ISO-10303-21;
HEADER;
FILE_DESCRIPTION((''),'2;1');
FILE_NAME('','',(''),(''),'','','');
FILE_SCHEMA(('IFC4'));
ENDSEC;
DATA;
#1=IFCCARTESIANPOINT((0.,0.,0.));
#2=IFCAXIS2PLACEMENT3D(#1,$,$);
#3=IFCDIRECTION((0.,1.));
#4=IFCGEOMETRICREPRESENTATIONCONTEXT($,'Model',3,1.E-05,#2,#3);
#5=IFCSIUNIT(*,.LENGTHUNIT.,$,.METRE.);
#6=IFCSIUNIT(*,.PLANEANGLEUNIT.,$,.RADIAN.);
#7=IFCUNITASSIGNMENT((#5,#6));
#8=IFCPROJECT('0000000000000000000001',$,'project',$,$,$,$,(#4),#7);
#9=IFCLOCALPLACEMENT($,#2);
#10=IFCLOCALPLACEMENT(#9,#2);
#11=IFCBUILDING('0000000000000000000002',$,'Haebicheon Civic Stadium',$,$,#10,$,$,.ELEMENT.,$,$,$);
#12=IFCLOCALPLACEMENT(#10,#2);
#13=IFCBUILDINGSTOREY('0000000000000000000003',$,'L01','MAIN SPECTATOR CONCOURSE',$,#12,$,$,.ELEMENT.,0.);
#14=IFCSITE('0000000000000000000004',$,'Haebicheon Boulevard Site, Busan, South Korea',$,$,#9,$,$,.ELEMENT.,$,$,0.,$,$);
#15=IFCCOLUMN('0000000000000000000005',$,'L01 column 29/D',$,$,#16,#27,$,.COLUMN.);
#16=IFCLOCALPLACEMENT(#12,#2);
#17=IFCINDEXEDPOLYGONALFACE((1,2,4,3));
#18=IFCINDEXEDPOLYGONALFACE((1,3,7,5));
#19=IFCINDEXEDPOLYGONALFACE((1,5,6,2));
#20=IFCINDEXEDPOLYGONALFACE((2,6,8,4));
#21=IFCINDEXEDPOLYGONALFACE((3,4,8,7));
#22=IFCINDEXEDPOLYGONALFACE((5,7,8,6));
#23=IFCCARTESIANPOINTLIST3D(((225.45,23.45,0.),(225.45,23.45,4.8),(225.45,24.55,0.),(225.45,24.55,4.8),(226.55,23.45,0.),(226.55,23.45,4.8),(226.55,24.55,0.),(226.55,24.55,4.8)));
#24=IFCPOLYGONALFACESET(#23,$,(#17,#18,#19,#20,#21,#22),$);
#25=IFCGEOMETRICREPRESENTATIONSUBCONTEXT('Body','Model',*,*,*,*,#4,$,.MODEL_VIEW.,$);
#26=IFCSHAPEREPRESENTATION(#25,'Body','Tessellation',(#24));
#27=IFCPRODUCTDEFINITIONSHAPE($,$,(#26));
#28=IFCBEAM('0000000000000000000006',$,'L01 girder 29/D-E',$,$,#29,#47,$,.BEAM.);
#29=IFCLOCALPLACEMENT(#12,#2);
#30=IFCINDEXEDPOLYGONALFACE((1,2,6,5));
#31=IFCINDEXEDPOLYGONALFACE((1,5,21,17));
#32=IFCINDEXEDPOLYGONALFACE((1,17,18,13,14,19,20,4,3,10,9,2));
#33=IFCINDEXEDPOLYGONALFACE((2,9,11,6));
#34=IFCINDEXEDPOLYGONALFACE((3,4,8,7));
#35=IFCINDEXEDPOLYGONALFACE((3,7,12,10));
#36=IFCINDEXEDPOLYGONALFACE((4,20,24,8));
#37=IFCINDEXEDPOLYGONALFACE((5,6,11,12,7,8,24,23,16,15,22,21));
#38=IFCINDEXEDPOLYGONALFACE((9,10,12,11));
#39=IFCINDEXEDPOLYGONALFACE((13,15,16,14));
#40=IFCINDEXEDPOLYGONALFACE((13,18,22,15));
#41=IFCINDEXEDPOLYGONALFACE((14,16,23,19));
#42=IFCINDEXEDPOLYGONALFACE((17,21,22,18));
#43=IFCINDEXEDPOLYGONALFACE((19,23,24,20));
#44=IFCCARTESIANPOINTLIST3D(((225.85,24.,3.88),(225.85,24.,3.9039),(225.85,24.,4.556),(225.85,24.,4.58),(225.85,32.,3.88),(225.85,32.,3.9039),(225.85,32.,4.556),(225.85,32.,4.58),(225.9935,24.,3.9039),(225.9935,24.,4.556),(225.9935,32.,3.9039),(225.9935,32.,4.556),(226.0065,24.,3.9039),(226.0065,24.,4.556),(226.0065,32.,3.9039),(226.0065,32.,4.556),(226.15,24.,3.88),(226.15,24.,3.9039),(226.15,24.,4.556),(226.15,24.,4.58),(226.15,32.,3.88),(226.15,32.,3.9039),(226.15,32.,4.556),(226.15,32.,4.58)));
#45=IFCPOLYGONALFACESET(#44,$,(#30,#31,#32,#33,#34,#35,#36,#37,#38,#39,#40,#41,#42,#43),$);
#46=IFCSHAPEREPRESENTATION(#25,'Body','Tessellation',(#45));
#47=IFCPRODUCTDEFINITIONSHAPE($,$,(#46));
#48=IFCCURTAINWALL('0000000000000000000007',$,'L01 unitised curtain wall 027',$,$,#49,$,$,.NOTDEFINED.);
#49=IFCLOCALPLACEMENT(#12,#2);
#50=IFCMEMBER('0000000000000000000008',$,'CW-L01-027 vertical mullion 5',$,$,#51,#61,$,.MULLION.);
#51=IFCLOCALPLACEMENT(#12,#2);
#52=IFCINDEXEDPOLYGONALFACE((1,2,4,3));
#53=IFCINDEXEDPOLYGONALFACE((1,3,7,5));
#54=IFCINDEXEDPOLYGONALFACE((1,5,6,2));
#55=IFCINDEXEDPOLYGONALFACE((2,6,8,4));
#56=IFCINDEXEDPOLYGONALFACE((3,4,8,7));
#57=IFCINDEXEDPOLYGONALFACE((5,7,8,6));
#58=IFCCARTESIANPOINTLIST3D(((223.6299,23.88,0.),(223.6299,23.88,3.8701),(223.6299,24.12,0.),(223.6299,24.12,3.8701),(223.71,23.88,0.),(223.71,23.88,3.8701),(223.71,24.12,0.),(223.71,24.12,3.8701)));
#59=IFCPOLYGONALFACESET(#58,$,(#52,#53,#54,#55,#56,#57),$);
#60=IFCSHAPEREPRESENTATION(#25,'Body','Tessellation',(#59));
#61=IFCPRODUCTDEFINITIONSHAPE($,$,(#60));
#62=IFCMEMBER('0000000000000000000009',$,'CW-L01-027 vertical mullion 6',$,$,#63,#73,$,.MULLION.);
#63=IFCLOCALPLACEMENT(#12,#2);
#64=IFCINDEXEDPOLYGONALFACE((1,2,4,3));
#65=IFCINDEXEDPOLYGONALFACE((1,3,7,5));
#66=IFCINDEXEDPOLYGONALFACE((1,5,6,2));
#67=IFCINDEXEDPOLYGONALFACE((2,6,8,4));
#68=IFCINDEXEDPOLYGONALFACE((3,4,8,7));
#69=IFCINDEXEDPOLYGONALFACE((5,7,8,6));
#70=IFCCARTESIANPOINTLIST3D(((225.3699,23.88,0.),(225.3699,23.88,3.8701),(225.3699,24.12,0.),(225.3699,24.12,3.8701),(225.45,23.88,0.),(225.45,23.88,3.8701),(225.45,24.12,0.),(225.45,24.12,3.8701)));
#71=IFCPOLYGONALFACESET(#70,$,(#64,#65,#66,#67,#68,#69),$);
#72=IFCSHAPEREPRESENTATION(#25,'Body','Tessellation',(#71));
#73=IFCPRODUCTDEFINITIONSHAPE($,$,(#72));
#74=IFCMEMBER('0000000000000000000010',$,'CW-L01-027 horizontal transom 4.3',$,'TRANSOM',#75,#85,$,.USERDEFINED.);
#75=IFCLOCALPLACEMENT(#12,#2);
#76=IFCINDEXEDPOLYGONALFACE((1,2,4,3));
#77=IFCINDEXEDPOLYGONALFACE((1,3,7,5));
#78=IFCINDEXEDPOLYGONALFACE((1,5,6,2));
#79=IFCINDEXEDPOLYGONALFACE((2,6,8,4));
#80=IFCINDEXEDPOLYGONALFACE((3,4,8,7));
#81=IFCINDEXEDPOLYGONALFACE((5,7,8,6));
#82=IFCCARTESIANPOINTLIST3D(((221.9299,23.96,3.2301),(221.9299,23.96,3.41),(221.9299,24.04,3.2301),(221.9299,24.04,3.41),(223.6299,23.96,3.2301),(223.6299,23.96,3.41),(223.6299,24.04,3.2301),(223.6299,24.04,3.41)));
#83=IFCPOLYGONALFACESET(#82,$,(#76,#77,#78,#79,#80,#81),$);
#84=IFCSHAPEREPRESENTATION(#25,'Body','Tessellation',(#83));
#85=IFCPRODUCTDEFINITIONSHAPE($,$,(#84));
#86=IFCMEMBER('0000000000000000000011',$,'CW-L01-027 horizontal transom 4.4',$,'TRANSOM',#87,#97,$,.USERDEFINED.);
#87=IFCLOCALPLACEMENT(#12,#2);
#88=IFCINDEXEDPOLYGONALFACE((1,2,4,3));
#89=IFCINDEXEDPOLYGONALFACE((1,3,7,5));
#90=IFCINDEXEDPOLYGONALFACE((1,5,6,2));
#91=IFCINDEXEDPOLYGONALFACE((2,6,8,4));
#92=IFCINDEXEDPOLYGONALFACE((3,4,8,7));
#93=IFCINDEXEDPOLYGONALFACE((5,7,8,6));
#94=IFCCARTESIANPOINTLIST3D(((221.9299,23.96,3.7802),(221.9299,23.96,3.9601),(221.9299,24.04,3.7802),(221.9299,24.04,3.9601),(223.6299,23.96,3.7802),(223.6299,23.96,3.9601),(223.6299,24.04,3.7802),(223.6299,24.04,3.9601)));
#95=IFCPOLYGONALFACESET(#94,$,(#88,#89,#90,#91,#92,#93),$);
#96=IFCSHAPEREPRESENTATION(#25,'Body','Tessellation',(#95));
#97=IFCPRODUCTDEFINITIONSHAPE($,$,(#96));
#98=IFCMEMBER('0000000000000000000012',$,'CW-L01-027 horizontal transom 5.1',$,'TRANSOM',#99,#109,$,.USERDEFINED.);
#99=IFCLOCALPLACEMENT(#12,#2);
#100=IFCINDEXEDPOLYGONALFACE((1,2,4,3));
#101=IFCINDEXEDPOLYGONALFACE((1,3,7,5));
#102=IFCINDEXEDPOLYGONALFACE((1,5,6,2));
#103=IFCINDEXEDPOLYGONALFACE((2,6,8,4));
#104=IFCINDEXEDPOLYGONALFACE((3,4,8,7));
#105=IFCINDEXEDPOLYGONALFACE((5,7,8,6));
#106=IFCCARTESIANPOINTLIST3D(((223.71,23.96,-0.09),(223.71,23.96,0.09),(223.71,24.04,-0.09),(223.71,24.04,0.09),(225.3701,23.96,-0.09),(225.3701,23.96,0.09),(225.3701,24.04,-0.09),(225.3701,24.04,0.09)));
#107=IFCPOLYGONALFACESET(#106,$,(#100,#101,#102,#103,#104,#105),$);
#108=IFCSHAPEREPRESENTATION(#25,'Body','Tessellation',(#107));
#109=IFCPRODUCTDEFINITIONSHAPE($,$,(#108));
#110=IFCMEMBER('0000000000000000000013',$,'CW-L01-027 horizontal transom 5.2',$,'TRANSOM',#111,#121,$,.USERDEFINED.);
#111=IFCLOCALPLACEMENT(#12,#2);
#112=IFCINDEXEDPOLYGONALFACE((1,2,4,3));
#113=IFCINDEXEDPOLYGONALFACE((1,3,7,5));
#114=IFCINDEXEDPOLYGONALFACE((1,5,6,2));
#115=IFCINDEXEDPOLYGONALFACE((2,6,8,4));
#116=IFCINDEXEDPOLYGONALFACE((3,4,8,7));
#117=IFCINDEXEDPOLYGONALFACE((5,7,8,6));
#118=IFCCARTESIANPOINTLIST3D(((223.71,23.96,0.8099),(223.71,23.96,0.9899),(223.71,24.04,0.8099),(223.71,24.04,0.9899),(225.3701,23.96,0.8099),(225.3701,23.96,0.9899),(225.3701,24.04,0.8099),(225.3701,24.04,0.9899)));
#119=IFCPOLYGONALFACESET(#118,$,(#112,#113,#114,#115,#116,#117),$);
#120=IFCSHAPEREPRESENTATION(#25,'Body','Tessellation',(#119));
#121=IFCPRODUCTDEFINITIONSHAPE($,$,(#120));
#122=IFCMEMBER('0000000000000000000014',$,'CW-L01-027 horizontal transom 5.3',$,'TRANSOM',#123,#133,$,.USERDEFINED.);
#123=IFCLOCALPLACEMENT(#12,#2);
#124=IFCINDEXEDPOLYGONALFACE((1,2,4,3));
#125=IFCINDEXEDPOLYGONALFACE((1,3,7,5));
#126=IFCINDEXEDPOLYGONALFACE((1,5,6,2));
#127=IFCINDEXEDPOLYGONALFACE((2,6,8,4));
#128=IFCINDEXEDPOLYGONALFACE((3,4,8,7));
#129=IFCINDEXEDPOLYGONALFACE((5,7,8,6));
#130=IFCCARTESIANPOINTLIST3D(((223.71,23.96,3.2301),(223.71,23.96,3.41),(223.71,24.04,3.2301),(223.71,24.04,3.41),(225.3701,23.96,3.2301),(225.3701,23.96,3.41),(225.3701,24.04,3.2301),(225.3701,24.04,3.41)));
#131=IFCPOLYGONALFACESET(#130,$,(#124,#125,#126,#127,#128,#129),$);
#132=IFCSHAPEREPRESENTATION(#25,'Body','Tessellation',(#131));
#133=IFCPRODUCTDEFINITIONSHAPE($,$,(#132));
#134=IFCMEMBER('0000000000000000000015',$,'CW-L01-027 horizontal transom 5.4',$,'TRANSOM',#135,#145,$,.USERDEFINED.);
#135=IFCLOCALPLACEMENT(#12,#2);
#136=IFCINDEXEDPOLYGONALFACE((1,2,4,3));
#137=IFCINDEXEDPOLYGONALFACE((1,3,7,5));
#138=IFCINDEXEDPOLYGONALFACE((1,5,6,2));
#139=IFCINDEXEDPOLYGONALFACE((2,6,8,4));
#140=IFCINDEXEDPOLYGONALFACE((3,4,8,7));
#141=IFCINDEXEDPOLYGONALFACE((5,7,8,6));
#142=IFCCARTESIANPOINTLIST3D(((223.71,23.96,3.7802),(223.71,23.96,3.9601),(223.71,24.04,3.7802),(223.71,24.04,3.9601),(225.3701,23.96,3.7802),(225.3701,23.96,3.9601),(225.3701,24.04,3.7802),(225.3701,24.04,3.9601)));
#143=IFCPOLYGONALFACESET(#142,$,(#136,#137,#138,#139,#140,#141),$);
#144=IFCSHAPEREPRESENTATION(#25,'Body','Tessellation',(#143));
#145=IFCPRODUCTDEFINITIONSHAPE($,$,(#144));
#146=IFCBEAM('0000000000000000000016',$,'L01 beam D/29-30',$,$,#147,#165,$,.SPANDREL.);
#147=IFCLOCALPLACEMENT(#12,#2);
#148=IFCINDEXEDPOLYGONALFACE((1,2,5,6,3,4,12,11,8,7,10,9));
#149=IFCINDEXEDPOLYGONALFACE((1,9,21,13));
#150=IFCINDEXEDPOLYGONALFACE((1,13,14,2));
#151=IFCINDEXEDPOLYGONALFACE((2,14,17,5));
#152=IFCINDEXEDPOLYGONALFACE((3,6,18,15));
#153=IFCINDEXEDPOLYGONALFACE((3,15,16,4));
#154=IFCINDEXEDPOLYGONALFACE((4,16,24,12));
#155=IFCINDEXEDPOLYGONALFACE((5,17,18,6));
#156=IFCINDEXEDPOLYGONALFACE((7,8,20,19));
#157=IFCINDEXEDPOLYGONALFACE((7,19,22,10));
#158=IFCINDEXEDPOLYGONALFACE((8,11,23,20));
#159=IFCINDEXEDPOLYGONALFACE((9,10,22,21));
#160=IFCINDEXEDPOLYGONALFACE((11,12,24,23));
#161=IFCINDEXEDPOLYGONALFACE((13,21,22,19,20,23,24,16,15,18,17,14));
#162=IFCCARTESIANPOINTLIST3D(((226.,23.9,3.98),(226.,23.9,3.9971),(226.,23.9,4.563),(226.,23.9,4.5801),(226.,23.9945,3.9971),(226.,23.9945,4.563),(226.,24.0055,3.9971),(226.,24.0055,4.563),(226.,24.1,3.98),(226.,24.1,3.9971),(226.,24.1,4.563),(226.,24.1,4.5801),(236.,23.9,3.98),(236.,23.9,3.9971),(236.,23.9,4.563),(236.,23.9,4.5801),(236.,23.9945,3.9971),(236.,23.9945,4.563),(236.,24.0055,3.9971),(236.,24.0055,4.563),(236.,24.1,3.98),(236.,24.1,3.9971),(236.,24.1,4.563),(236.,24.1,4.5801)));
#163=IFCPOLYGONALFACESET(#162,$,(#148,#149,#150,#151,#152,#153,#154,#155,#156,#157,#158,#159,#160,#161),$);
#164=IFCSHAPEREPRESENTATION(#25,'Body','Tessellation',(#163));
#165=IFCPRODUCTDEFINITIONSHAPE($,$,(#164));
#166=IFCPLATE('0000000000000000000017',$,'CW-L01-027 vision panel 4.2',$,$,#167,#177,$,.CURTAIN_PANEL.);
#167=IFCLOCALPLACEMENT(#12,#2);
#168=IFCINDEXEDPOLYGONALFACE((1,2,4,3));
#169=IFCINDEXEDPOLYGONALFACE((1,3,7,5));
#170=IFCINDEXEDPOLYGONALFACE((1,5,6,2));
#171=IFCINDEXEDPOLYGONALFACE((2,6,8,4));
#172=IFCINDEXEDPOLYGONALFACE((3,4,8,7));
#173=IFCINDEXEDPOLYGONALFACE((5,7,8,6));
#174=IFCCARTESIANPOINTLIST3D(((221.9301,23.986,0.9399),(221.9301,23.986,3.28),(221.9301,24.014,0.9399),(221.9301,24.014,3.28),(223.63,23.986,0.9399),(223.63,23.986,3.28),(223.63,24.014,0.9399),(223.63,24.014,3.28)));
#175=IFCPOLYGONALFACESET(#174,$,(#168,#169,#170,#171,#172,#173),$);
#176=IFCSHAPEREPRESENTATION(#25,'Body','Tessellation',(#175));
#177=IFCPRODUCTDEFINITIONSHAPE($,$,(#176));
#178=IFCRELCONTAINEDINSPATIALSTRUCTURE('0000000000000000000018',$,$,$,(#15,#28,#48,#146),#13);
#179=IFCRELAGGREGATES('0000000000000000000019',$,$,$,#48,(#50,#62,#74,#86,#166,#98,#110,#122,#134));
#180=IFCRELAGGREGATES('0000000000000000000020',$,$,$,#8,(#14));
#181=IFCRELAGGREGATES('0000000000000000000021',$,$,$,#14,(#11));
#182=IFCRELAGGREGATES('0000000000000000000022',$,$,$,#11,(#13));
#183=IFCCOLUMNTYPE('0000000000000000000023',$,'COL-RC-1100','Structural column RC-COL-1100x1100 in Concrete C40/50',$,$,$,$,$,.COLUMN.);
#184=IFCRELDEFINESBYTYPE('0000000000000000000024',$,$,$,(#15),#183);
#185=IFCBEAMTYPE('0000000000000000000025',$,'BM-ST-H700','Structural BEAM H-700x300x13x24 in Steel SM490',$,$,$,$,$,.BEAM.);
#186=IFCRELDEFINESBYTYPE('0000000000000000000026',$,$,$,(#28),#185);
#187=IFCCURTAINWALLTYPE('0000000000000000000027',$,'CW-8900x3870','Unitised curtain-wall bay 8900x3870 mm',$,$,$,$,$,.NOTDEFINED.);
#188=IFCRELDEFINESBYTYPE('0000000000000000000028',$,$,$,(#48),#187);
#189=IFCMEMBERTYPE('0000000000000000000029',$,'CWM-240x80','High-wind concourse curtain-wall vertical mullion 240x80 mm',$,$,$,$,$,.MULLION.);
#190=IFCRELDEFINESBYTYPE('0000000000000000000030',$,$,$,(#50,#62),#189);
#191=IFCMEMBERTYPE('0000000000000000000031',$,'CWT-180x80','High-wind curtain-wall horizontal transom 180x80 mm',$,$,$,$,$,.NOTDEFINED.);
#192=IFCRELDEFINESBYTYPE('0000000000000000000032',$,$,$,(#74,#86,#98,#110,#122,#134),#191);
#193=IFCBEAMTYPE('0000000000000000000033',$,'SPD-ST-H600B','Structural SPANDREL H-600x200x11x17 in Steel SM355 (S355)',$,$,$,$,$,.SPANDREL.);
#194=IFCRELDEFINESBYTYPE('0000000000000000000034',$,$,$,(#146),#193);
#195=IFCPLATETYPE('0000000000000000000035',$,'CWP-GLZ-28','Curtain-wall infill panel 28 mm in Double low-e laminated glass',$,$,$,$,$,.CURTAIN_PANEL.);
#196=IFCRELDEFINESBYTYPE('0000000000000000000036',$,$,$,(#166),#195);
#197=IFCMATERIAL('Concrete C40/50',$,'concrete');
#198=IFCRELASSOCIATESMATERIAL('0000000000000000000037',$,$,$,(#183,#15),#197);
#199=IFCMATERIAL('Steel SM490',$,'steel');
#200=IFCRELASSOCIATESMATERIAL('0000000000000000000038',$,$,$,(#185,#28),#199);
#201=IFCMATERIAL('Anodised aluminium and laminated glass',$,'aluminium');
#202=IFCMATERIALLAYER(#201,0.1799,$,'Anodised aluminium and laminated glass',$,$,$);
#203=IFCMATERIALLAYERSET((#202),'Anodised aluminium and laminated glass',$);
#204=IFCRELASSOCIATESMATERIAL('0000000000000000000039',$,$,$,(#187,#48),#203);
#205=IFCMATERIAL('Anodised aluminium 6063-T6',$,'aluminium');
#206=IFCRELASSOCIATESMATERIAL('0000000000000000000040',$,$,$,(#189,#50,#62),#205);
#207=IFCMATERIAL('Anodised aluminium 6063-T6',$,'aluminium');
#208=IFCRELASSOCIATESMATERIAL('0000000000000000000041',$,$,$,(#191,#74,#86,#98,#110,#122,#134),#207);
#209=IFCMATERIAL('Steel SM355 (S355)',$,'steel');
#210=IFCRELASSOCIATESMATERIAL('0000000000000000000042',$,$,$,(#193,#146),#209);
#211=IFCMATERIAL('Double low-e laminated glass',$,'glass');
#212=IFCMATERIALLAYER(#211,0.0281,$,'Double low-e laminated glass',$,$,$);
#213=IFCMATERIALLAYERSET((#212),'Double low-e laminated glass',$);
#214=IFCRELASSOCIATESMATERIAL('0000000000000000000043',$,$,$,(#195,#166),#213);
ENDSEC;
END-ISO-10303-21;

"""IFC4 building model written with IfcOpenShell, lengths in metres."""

from ifc_helpers import new_model, si_unit, direction, frame, origin, origin_2d, place, context, subcontext, project, spatial, rectangle, i_section, extrude, material, layer, layer_set, material_profile, profile_set, type_object, element, aggregate, save


model = new_model("IFC4")

# Units and contexts
model_context = context("Model", 3, precision=1e-05, world=origin(), true_north=direction((0.0, 1.0)))
body_context = subcontext(model_context, "Body", "Model", "MODEL_VIEW")
ifc_project = project(units=[si_unit("LENGTHUNIT", "METRE"), si_unit("PLANEANGLEUNIT", "RADIAN")], contexts=[model_context])

# Site, building, storey
site_placement = place(None, origin())
site = spatial("IfcSite", under=ifc_project, at=site_placement, Name="Haebicheon Boulevard Site, Busan, South Korea", CompositionType="ELEMENT", RefElevation=0.0)
building_placement = place(site_placement, origin())
building = spatial("IfcBuilding", under=site, at=building_placement, Name="Haebicheon Civic Stadium", CompositionType="ELEMENT")
storey_placement = place(building_placement, origin())
storey = spatial("IfcBuildingStorey", under=building, at=storey_placement, Name="L01", Description="MAIN SPECTATOR CONCOURSE", CompositionType="ELEMENT", Elevation=0.0)

# Column
ifc_material_1 = material(Name="Concrete C40/50", Category="concrete")
ifc_material_profile_1 = material_profile(ifc_material_1, rectangle(XDim=1.1001, YDim=1.1001, at=origin_2d()), Name="RC-COL-1100x1100")
ifc_profile_set_1 = profile_set([ifc_material_profile_1], Name="Concrete C40/50")
column_type = type_object("IfcColumnType", Name="COL-RC-1100", Description="Structural column RC-COL-1100x1100 in Concrete C40/50", PredefinedType="COLUMN", material=ifc_profile_set_1)
column_placement = place(storey_placement, frame((226.0, 24.0, 0.0), z_axis=(0.0, 0.0, 1.0), x_axis=(1.0, 0.0, 0.0)))
element("IfcColumn", 1, at=column_placement, inside=storey, type_object=column_type, material=ifc_profile_set_1, Name="L01 column 29/D", PredefinedType="COLUMN", context=body_context, shape_type="SweptSolid", body=[
    extrude(rectangle(XDim=1.1001, YDim=1.1001, at=origin_2d()), origin(), (0.0, 0.0, 1.0), 4.8),
])

# Beam
ifc_material_2 = material(Name="Steel SM490", Category="steel")
ifc_material_profile_2 = material_profile(ifc_material_2, i_section(OverallWidth=0.3, OverallDepth=0.7, WebThickness=0.0129, FlangeThickness=0.0239, at=origin_2d()), Name="H-700x300x13x24")
ifc_profile_set_2 = profile_set([ifc_material_profile_2], Name="Steel SM490")
beam_type_1 = type_object("IfcBeamType", Name="BM-ST-H700", Description="Structural BEAM H-700x300x13x24 in Steel SM490", PredefinedType="BEAM", material=ifc_profile_set_2)
beam_1_placement = place(storey_placement, frame((226.0, 24.0, 4.23), z_axis=(0.0, 1.0, 0.0), x_axis=(-1.0, 0.0, 0.0)))
element("IfcBeam", 2, at=beam_1_placement, inside=storey, type_object=beam_type_1, material=ifc_profile_set_2, Name="L01 girder 29/D-E", PredefinedType="BEAM", context=body_context, shape_type="SweptSolid", body=[
    extrude(i_section(OverallWidth=0.3, OverallDepth=0.7, WebThickness=0.0129, FlangeThickness=0.0239, at=origin_2d()), origin(), (0.0, 0.0, 1.0), 8.0),
])

# Curtain wall, members
ifc_material_3 = material(Name="Anodised aluminium and laminated glass", Category="aluminium")
ifc_layer_1 = layer(ifc_material_3, 0.1799, Name="Anodised aluminium and laminated glass")
ifc_layer_set_1 = layer_set([ifc_layer_1], Name="Anodised aluminium and laminated glass")
curtain_wall_type = type_object("IfcCurtainWallType", Name="CW-8900x3870", Description="Unitised curtain-wall bay 8900x3870 mm", PredefinedType="NOTDEFINED", material=ifc_layer_set_1)
curtain_wall_placement = place(storey_placement, origin())
curtain_wall = element("IfcCurtainWall", 3, at=curtain_wall_placement, inside=storey, type_object=curtain_wall_type, material=ifc_layer_set_1, Name="L01 unitised curtain wall 027", PredefinedType="NOTDEFINED")
ifc_material_4 = material(Name="Anodised aluminium 6063-T6", Category="aluminium")
ifc_material_profile_3 = material_profile(ifc_material_4, rectangle(XDim=0.0801, YDim=0.24, at=origin_2d()), Name="ALU-MULL-80x240")
ifc_profile_set_3 = profile_set([ifc_material_profile_3], Name="Anodised aluminium 6063-T6")
member_type_1 = type_object("IfcMemberType", Name="CWM-240x80", Description="High-wind concourse curtain-wall vertical mullion 240x80 mm", PredefinedType="MULLION", material=ifc_profile_set_3)
member_1_placement = place(storey_placement, frame((223.6699, 24.0, 0.0), z_axis=(0.0, 0.0, 1.0), x_axis=(1.0, 0.0, 0.0)))
member_1 = element("IfcMember", 4, at=member_1_placement, type_object=member_type_1, material=ifc_profile_set_3, Name="CW-L01-027 vertical mullion 5", PredefinedType="MULLION", context=body_context, shape_type="SweptSolid", body=[
    extrude(rectangle(XDim=0.0801, YDim=0.24, at=origin_2d()), origin(), (0.0, 0.0, 1.0), 3.8701),
])
member_2_placement = place(storey_placement, frame((225.4099, 24.0, 0.0), z_axis=(0.0, 0.0, 1.0), x_axis=(1.0, 0.0, 0.0)))
member_2 = element("IfcMember", 5, at=member_2_placement, type_object=member_type_1, material=ifc_profile_set_3, Name="CW-L01-027 vertical mullion 6", PredefinedType="MULLION", context=body_context, shape_type="SweptSolid", body=[
    extrude(rectangle(XDim=0.0801, YDim=0.24, at=origin_2d()), origin(), (0.0, 0.0, 1.0), 3.8701),
])
ifc_material_5 = material(Name="Anodised aluminium 6063-T6", Category="aluminium")
ifc_material_profile_4 = material_profile(ifc_material_5, rectangle(XDim=0.0801, YDim=0.1799, at=origin_2d()), Name="ALU-TRAN-80x180")
ifc_profile_set_4 = profile_set([ifc_material_profile_4], Name="Anodised aluminium 6063-T6")
member_type_2 = type_object("IfcMemberType", Name="CWT-180x80", Description="High-wind curtain-wall horizontal transom 180x80 mm", PredefinedType="NOTDEFINED", material=ifc_profile_set_4)
member_3_placement = place(storey_placement, frame((221.9299, 24.0, 3.3201), z_axis=(1.0, 0.0, 0.0), x_axis=(0.0, 1.0, 0.0)))
member_3 = element("IfcMember", 6, at=member_3_placement, type_object=member_type_2, material=ifc_profile_set_4, Name="CW-L01-027 horizontal transom 4.3", ObjectType="TRANSOM", PredefinedType="USERDEFINED", context=body_context, shape_type="SweptSolid", body=[
    extrude(rectangle(XDim=0.0801, YDim=0.1799, at=origin_2d()), origin(), (0.0, 0.0, 1.0), 1.7),
])
member_4_placement = place(storey_placement, frame((221.9299, 24.0, 3.8701), z_axis=(1.0, 0.0, 0.0), x_axis=(0.0, 1.0, 0.0)))
member_4 = element("IfcMember", 7, at=member_4_placement, type_object=member_type_2, material=ifc_profile_set_4, Name="CW-L01-027 horizontal transom 4.4", ObjectType="TRANSOM", PredefinedType="USERDEFINED", context=body_context, shape_type="SweptSolid", body=[
    extrude(rectangle(XDim=0.0801, YDim=0.1799, at=origin_2d()), origin(), (0.0, 0.0, 1.0), 1.7),
])
member_5_placement = place(storey_placement, frame((223.71, 24.0, 0.0), z_axis=(1.0, 0.0, 0.0), x_axis=(0.0, 1.0, 0.0)))
member_5 = element("IfcMember", 8, at=member_5_placement, type_object=member_type_2, material=ifc_profile_set_4, Name="CW-L01-027 horizontal transom 5.1", ObjectType="TRANSOM", PredefinedType="USERDEFINED", context=body_context, shape_type="SweptSolid", body=[
    extrude(rectangle(XDim=0.0801, YDim=0.1799, at=origin_2d()), origin(), (0.0, 0.0, 1.0), 1.6602),
])
member_6_placement = place(storey_placement, frame((223.71, 24.0, 0.8999), z_axis=(1.0, 0.0, 0.0), x_axis=(0.0, 1.0, 0.0)))
member_6 = element("IfcMember", 9, at=member_6_placement, type_object=member_type_2, material=ifc_profile_set_4, Name="CW-L01-027 horizontal transom 5.2", ObjectType="TRANSOM", PredefinedType="USERDEFINED", context=body_context, shape_type="SweptSolid", body=[
    extrude(rectangle(XDim=0.0801, YDim=0.1799, at=origin_2d()), origin(), (0.0, 0.0, 1.0), 1.6602),
])
member_7_placement = place(storey_placement, frame((223.71, 24.0, 3.3201), z_axis=(1.0, 0.0, 0.0), x_axis=(0.0, 1.0, 0.0)))
member_7 = element("IfcMember", 10, at=member_7_placement, type_object=member_type_2, material=ifc_profile_set_4, Name="CW-L01-027 horizontal transom 5.3", ObjectType="TRANSOM", PredefinedType="USERDEFINED", context=body_context, shape_type="SweptSolid", body=[
    extrude(rectangle(XDim=0.0801, YDim=0.1799, at=origin_2d()), origin(), (0.0, 0.0, 1.0), 1.6602),
])
member_8_placement = place(storey_placement, frame((223.71, 24.0, 3.8701), z_axis=(1.0, 0.0, 0.0), x_axis=(0.0, 1.0, 0.0)))
member_8 = element("IfcMember", 11, at=member_8_placement, type_object=member_type_2, material=ifc_profile_set_4, Name="CW-L01-027 horizontal transom 5.4", ObjectType="TRANSOM", PredefinedType="USERDEFINED", context=body_context, shape_type="SweptSolid", body=[
    extrude(rectangle(XDim=0.0801, YDim=0.1799, at=origin_2d()), origin(), (0.0, 0.0, 1.0), 1.6602),
])

# Beam
ifc_material_6 = material(Name="Steel SM355 (S355)", Category="steel")
ifc_material_profile_5 = material_profile(ifc_material_6, i_section(OverallWidth=0.2, OverallDepth=0.6001, WebThickness=0.011, FlangeThickness=0.0171, at=origin_2d()), Name="H-600x200x11x17")
ifc_profile_set_5 = profile_set([ifc_material_profile_5], Name="Steel SM355 (S355)")
beam_type_2 = type_object("IfcBeamType", Name="SPD-ST-H600B", Description="Structural SPANDREL H-600x200x11x17 in Steel SM355 (S355)", PredefinedType="SPANDREL", material=ifc_profile_set_5)
beam_2_placement = place(storey_placement, frame((226.0, 24.0, 4.28), z_axis=(1.0, 0.0, 0.0), x_axis=(0.0, 1.0, 0.0)))
element("IfcBeam", 12, at=beam_2_placement, inside=storey, type_object=beam_type_2, material=ifc_profile_set_5, Name="L01 beam D/29-30", PredefinedType="SPANDREL", context=body_context, shape_type="SweptSolid", body=[
    extrude(i_section(OverallWidth=0.2, OverallDepth=0.6001, WebThickness=0.011, FlangeThickness=0.0171, at=origin_2d()), origin(), (0.0, 0.0, 1.0), 10.0),
])

# Plate
ifc_material_7 = material(Name="Double low-e laminated glass", Category="glass")
ifc_layer_2 = layer(ifc_material_7, 0.0281, Name="Double low-e laminated glass")
ifc_layer_set_2 = layer_set([ifc_layer_2], Name="Double low-e laminated glass")
plate_type_1 = type_object("IfcPlateType", Name="CWP-GLZ-28", Description="Curtain-wall infill panel 28 mm in Double low-e laminated glass", PredefinedType="CURTAIN_PANEL", material=ifc_layer_set_2)
plate_1_placement = place(storey_placement, frame((222.78, 24.0, 0.9399), z_axis=(0.0, 0.0, 1.0), x_axis=(1.0, 0.0, 0.0)))
plate_1 = element("IfcPlate", 13, at=plate_1_placement, type_object=plate_type_1, material=ifc_layer_set_2, Name="CW-L01-027 vision panel 4.2", PredefinedType="CURTAIN_PANEL", context=body_context, shape_type="SweptSolid", body=[
    extrude(rectangle(XDim=1.7, YDim=0.0281, at=origin_2d()), origin(), (0.0, 0.0, 1.0), 2.3401),
])
aggregate(curtain_wall, [member_1, member_2, member_3, member_4, plate_1, member_5, member_6, member_7, member_8])

save(model, "model.ifc")
